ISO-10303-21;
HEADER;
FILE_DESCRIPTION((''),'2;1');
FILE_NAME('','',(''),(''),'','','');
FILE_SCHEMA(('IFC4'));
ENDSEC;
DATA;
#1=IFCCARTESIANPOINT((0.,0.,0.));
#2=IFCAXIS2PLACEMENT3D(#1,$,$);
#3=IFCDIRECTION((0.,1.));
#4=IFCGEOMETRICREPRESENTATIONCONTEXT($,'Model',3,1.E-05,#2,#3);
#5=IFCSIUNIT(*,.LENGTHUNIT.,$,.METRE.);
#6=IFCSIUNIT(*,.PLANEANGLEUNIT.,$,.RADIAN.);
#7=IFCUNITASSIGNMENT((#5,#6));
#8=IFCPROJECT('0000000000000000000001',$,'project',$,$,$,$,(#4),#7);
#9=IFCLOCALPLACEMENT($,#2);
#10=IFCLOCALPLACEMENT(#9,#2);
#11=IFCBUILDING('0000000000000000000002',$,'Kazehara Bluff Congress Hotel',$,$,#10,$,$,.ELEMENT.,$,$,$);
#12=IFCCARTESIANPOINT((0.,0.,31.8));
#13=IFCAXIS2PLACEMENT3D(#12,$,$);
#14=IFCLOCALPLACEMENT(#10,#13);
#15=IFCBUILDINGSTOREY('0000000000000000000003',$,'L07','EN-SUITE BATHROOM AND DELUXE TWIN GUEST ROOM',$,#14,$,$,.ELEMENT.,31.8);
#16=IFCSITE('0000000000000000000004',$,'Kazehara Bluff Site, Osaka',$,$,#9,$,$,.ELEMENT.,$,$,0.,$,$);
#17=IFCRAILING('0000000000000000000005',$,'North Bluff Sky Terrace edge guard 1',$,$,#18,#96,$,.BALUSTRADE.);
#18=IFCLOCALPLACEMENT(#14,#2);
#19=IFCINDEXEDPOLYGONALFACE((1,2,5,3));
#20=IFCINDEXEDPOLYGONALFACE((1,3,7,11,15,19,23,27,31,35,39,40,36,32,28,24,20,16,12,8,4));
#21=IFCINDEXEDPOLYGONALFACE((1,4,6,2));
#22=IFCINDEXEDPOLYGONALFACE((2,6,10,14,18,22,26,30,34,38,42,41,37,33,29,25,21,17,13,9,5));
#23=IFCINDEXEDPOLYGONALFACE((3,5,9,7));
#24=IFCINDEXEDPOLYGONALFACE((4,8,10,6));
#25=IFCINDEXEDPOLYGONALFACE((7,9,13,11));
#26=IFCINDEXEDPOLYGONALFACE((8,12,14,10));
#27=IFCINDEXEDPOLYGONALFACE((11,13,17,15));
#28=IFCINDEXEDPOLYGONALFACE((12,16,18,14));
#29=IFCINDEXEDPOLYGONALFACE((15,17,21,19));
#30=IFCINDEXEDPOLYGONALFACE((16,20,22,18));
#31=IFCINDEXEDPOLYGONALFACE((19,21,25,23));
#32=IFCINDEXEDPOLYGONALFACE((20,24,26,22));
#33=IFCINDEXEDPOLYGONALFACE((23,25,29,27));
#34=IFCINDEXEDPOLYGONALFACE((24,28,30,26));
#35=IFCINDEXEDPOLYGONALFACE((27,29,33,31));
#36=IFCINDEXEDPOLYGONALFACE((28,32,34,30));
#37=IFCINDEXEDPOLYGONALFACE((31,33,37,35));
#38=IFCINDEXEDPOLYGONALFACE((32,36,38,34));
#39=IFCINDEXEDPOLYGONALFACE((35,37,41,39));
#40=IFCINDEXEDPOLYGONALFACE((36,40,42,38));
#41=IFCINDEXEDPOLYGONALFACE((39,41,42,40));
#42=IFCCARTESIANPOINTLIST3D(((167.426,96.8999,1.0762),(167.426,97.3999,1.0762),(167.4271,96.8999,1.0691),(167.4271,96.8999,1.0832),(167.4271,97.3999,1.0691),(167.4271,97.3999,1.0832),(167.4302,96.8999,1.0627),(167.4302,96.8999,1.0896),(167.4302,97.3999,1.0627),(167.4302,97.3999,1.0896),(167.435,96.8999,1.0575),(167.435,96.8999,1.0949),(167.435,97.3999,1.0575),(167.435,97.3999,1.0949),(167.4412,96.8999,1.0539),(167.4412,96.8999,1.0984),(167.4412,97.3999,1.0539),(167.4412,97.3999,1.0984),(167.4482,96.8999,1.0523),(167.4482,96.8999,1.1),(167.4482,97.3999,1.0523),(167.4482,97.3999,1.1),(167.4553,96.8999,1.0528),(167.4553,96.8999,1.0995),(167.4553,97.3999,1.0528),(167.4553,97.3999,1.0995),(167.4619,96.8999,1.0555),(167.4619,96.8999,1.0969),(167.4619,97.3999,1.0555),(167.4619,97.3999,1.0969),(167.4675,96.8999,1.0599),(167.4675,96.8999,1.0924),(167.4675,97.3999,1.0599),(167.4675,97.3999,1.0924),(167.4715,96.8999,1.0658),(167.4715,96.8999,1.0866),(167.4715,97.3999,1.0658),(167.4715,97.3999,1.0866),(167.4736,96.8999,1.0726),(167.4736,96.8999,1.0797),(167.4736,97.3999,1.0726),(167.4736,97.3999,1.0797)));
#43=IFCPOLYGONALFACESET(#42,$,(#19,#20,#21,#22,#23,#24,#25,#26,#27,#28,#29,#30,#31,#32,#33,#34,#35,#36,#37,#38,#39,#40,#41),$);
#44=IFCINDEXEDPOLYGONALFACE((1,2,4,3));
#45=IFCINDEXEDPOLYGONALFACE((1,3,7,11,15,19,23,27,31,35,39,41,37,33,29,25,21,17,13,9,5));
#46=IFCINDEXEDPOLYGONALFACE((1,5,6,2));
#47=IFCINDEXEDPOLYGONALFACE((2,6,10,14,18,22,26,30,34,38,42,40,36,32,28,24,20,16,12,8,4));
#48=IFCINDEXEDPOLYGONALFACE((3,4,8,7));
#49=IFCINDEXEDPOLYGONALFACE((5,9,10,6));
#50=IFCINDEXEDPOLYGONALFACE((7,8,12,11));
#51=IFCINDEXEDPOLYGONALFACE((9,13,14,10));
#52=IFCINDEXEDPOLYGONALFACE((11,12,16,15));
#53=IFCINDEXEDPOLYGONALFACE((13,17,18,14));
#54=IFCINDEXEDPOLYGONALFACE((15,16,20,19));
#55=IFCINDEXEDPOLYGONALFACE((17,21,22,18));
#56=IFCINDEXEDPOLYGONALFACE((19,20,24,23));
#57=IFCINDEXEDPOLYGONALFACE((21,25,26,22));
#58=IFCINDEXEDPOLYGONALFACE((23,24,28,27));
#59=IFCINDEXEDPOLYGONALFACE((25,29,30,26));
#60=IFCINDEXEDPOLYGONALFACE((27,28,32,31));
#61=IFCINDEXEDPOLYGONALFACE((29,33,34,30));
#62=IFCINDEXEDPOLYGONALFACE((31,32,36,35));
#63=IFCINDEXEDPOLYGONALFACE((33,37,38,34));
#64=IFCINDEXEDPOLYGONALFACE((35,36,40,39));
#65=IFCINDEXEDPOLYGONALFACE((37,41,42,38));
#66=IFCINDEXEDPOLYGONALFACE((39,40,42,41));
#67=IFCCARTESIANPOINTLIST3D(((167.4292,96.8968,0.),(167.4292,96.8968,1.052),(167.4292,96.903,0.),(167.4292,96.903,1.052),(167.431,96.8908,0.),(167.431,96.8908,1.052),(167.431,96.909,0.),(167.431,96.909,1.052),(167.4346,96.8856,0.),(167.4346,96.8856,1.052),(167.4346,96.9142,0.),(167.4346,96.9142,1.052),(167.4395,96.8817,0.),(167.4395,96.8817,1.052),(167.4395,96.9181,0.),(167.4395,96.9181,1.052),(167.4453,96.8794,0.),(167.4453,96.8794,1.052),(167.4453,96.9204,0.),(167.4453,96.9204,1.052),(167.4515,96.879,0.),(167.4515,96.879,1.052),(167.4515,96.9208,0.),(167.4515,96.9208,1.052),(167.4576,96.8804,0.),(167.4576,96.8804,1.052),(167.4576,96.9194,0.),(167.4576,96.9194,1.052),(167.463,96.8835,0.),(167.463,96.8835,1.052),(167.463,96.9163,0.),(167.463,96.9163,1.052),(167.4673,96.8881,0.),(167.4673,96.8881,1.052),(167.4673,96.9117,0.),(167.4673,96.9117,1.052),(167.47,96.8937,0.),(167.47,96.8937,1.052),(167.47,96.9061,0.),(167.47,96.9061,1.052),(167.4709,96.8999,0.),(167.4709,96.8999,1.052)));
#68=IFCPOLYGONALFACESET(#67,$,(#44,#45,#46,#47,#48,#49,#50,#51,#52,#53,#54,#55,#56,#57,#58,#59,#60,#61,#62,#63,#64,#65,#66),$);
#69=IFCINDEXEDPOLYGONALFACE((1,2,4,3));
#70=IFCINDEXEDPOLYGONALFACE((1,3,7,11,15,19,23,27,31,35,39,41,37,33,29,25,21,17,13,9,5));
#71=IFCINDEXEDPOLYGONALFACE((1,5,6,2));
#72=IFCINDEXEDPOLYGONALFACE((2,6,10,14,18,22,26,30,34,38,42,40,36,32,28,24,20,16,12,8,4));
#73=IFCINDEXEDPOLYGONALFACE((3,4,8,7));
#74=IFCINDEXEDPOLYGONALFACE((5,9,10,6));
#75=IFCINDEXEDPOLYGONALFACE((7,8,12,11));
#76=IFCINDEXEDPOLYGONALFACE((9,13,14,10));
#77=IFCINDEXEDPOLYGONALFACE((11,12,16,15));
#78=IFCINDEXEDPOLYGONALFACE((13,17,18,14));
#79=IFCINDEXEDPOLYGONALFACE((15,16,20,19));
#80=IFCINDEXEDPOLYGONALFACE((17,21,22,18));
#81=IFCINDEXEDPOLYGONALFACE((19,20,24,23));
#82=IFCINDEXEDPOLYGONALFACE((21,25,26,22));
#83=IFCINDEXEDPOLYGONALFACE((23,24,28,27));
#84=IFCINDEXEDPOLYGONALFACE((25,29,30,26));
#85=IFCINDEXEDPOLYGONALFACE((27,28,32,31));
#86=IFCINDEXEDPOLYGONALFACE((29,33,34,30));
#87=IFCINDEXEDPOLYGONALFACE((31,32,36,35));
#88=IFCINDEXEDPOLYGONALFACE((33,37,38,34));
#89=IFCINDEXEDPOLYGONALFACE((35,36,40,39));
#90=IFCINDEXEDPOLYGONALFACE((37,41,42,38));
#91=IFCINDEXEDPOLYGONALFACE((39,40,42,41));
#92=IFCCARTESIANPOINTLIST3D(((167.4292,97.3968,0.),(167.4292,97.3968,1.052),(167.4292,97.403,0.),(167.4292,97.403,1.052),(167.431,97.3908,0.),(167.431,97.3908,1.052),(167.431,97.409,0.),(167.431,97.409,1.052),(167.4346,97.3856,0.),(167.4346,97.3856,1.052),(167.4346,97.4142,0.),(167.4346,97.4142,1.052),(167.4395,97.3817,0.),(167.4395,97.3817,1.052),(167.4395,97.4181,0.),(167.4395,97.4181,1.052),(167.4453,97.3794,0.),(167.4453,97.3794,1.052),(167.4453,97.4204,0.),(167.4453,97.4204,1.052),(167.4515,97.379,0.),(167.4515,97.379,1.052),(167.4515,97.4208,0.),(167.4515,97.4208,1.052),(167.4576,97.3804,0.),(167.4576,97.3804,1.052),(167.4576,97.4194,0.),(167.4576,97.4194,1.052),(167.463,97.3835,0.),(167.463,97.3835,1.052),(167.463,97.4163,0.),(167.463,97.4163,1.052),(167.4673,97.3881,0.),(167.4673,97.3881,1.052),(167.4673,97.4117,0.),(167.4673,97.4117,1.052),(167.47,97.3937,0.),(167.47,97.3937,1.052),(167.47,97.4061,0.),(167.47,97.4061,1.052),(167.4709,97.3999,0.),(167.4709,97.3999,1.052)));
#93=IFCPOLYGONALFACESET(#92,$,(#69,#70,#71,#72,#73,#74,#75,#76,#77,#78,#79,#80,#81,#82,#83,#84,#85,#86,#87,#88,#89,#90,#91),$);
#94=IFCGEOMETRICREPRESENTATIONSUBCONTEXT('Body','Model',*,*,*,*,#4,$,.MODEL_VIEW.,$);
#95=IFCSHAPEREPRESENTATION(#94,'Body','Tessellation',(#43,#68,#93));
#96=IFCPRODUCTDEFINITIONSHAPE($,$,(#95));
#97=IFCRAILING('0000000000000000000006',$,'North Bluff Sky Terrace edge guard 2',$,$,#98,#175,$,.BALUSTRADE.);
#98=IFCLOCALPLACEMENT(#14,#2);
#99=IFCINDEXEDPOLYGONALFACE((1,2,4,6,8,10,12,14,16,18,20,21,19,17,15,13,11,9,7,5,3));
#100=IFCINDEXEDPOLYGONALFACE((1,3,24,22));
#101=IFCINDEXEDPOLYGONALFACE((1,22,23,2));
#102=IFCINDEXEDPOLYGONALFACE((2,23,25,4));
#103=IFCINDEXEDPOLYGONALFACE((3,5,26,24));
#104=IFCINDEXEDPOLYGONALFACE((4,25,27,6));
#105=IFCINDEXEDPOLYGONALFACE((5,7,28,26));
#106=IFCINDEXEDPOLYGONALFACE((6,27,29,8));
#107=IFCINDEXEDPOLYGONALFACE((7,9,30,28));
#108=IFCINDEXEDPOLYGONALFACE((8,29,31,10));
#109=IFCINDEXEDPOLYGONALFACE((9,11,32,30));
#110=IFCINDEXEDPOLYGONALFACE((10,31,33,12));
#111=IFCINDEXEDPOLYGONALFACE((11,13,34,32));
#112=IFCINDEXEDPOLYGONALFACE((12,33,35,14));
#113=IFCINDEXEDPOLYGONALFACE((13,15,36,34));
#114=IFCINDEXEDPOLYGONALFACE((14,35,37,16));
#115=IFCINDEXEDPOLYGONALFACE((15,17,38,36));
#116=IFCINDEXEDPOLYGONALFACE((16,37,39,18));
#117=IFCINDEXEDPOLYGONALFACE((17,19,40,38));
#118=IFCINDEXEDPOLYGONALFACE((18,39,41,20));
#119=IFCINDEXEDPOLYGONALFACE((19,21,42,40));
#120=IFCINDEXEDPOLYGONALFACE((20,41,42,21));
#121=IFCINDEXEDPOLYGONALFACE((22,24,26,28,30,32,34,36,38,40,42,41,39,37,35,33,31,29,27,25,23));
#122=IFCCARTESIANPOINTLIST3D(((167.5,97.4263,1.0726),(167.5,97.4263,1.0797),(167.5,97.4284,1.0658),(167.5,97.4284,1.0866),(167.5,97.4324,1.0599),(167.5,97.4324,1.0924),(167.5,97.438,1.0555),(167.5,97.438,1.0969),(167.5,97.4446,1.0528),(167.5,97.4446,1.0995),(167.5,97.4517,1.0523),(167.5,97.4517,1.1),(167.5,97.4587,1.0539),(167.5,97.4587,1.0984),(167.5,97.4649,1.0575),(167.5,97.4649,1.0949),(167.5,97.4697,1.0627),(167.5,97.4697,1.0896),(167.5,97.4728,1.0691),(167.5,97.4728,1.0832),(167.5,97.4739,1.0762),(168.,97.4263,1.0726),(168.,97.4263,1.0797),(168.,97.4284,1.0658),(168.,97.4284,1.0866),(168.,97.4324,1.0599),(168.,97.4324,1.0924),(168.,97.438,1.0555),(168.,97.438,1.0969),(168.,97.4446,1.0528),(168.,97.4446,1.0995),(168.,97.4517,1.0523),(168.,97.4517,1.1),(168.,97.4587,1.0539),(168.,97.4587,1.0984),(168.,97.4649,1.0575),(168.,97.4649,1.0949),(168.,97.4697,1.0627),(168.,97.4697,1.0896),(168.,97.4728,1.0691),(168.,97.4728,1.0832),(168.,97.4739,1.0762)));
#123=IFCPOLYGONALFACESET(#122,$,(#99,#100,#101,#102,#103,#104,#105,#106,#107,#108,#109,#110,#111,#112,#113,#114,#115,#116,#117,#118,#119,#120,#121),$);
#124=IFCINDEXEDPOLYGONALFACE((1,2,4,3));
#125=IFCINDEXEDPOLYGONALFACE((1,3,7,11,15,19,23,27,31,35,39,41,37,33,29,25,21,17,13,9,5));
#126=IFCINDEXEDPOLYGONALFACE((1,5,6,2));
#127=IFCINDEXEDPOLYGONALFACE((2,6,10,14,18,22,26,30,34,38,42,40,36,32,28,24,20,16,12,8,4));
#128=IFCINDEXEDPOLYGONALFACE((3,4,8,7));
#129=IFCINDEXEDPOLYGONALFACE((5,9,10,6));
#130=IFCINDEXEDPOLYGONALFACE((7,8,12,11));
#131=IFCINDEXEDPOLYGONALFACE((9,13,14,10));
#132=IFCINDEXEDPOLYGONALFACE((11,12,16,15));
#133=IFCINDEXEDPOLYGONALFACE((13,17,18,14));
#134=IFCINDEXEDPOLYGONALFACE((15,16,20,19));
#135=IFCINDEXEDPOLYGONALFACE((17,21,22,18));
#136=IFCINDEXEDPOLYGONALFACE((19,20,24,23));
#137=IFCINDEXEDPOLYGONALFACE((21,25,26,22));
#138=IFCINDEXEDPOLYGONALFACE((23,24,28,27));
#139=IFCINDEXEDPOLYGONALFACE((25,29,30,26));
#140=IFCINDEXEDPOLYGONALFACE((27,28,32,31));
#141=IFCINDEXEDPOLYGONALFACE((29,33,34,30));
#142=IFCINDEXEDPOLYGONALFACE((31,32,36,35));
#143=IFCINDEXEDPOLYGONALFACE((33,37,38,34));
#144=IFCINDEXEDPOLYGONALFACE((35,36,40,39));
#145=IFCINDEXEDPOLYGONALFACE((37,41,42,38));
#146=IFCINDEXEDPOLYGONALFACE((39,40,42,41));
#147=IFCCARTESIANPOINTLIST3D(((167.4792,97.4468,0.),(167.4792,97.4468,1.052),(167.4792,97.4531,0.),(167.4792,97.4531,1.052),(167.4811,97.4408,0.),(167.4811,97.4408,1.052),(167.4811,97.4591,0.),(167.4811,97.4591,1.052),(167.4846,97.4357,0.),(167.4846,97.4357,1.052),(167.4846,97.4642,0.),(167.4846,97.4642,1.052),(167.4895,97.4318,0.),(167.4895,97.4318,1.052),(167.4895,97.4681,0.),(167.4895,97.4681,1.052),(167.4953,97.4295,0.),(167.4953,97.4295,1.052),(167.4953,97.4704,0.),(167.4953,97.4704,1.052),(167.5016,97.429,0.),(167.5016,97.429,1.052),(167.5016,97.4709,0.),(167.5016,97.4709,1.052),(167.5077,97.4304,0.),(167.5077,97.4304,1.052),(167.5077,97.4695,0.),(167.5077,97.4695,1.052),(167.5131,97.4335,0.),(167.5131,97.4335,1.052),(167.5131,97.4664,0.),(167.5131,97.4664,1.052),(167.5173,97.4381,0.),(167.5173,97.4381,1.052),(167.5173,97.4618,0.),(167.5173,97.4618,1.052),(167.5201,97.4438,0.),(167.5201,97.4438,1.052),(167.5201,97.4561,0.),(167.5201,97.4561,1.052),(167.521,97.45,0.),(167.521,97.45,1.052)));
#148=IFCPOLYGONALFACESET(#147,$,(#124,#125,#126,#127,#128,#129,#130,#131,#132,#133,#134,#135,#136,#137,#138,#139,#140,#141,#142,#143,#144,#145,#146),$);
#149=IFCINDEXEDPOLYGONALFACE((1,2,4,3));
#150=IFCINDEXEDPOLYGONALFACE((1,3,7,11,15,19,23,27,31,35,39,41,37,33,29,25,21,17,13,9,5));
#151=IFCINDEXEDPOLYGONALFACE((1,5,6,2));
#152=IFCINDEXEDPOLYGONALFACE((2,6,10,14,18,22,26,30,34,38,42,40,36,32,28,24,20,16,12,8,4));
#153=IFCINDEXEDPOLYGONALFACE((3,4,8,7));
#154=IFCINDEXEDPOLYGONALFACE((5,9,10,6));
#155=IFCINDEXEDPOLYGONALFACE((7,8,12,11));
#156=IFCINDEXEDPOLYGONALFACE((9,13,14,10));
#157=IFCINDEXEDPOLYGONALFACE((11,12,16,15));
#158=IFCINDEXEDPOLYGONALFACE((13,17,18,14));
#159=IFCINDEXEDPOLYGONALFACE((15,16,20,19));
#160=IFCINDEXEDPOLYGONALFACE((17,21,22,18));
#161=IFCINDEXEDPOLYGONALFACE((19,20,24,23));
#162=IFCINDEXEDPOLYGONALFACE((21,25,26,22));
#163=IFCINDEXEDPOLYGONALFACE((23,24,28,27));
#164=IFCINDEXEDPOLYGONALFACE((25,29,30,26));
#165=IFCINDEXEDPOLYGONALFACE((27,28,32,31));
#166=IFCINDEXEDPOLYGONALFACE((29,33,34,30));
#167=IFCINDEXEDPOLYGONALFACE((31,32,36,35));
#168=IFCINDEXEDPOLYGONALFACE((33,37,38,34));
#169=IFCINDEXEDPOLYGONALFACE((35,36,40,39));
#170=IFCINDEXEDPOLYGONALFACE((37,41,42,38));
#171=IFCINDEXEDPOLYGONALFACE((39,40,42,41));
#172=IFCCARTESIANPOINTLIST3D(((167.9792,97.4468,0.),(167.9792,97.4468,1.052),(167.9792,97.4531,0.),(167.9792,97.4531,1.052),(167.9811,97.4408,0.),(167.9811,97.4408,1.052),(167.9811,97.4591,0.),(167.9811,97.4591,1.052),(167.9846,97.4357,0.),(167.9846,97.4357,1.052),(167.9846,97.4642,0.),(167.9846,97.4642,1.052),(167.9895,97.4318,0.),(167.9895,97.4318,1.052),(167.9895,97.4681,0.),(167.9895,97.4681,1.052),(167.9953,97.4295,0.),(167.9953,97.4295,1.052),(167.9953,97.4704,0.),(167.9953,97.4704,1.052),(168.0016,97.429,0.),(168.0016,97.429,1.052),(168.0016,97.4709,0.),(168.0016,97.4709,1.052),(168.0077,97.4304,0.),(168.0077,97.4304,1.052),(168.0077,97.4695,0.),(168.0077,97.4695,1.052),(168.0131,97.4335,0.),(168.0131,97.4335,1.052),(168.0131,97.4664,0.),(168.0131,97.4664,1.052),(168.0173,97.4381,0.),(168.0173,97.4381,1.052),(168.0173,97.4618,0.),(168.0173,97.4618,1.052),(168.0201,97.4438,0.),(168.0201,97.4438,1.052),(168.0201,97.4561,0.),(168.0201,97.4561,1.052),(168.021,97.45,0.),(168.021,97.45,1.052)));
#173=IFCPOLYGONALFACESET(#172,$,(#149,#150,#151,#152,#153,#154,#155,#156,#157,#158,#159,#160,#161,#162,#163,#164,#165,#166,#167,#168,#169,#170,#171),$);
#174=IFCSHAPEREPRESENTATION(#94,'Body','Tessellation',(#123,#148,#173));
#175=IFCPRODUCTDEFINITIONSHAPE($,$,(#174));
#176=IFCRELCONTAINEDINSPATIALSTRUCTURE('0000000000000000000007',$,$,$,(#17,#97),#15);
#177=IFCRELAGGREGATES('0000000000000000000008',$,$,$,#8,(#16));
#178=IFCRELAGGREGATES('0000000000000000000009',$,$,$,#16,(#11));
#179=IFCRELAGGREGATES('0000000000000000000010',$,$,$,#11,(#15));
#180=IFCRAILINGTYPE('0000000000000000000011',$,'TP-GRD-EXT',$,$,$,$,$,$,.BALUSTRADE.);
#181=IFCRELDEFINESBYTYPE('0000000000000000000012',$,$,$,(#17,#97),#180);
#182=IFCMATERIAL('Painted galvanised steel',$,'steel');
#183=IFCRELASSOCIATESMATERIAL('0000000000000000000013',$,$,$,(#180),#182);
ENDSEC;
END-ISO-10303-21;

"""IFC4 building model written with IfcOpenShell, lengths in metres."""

from ifc_helpers import new_model, si_unit, direction, frame, origin, origin_2d, place, context, subcontext, project, spatial, circle, extrude, material, type_object, element, save


model = new_model("IFC4")

# Units and contexts
model_context = context("Model", 3, precision=1e-05, world=origin(), true_north=direction((0.0, 1.0)))
body_context = subcontext(model_context, "Body", "Model", "MODEL_VIEW")
ifc_project = project(units=[si_unit("LENGTHUNIT", "METRE"), si_unit("PLANEANGLEUNIT", "RADIAN")], contexts=[model_context])

# Site, building, storey
site_placement = place(None, origin())
site = spatial("IfcSite", under=ifc_project, at=site_placement, Name="Kazehara Bluff Site, Osaka", CompositionType="ELEMENT", RefElevation=0.0)
building_placement = place(site_placement, origin())
building = spatial("IfcBuilding", under=site, at=building_placement, Name="Kazehara Bluff Congress Hotel", CompositionType="ELEMENT")
storey_placement = place(building_placement, frame((0.0, 0.0, 31.8)))
storey = spatial("IfcBuildingStorey", under=building, at=storey_placement, Name="L07", Description="EN-SUITE BATHROOM AND DELUXE TWIN GUEST ROOM", CompositionType="ELEMENT", Elevation=31.8)

# Railings
ifc_material_1 = material(Name="Painted galvanised steel", Category="steel")
railing_type = type_object("IfcRailingType", Name="TP-GRD-EXT", PredefinedType="BALUSTRADE", material=ifc_material_1)
railing_1_placement = place(storey_placement, frame((167.45, 96.8999, 0.0)))
element("IfcRailing", 1, at=railing_1_placement, inside=storey, type_object=railing_type, Name="North Bluff Sky Terrace edge guard 1", PredefinedType="BALUSTRADE", context=body_context, shape_type="SweptSolid", body=[
    extrude(circle(Radius=0.0239, at=origin_2d()), frame((0.0, 0.0, 1.0762), z_axis=(0.0, 1.0, 0.0), x_axis=(-1.0, 0.0, 0.0)), (0.0, 0.0, 1.0), 0.5),
    extrude(circle(Radius=0.021, at=origin_2d()), origin(), (0.0, 0.0, 1.0), 1.052),
    extrude(circle(Radius=0.021, at=origin_2d()), frame((0.0, 0.5, 0.0)), (0.0, 0.0, 1.0), 1.052),
])
railing_2_placement = place(storey_placement, frame((167.5, 97.45, 0.0)))
element("IfcRailing", 2, at=railing_2_placement, inside=storey, type_object=railing_type, Name="North Bluff Sky Terrace edge guard 2", PredefinedType="BALUSTRADE", context=body_context, shape_type="SweptSolid", body=[
    extrude(circle(Radius=0.0239, at=origin_2d()), frame((0.0, 0.0, 1.0762), z_axis=(1.0, 0.0, 0.0), x_axis=(0.0, 1.0, 0.0)), (0.0, 0.0, 1.0), 0.5),
    extrude(circle(Radius=0.021, at=origin_2d()), origin(), (0.0, 0.0, 1.0), 1.052),
    extrude(circle(Radius=0.021, at=origin_2d()), frame((0.5, 0.0, 0.0)), (0.0, 0.0, 1.0), 1.052),
])

save(model, "model.ifc")
